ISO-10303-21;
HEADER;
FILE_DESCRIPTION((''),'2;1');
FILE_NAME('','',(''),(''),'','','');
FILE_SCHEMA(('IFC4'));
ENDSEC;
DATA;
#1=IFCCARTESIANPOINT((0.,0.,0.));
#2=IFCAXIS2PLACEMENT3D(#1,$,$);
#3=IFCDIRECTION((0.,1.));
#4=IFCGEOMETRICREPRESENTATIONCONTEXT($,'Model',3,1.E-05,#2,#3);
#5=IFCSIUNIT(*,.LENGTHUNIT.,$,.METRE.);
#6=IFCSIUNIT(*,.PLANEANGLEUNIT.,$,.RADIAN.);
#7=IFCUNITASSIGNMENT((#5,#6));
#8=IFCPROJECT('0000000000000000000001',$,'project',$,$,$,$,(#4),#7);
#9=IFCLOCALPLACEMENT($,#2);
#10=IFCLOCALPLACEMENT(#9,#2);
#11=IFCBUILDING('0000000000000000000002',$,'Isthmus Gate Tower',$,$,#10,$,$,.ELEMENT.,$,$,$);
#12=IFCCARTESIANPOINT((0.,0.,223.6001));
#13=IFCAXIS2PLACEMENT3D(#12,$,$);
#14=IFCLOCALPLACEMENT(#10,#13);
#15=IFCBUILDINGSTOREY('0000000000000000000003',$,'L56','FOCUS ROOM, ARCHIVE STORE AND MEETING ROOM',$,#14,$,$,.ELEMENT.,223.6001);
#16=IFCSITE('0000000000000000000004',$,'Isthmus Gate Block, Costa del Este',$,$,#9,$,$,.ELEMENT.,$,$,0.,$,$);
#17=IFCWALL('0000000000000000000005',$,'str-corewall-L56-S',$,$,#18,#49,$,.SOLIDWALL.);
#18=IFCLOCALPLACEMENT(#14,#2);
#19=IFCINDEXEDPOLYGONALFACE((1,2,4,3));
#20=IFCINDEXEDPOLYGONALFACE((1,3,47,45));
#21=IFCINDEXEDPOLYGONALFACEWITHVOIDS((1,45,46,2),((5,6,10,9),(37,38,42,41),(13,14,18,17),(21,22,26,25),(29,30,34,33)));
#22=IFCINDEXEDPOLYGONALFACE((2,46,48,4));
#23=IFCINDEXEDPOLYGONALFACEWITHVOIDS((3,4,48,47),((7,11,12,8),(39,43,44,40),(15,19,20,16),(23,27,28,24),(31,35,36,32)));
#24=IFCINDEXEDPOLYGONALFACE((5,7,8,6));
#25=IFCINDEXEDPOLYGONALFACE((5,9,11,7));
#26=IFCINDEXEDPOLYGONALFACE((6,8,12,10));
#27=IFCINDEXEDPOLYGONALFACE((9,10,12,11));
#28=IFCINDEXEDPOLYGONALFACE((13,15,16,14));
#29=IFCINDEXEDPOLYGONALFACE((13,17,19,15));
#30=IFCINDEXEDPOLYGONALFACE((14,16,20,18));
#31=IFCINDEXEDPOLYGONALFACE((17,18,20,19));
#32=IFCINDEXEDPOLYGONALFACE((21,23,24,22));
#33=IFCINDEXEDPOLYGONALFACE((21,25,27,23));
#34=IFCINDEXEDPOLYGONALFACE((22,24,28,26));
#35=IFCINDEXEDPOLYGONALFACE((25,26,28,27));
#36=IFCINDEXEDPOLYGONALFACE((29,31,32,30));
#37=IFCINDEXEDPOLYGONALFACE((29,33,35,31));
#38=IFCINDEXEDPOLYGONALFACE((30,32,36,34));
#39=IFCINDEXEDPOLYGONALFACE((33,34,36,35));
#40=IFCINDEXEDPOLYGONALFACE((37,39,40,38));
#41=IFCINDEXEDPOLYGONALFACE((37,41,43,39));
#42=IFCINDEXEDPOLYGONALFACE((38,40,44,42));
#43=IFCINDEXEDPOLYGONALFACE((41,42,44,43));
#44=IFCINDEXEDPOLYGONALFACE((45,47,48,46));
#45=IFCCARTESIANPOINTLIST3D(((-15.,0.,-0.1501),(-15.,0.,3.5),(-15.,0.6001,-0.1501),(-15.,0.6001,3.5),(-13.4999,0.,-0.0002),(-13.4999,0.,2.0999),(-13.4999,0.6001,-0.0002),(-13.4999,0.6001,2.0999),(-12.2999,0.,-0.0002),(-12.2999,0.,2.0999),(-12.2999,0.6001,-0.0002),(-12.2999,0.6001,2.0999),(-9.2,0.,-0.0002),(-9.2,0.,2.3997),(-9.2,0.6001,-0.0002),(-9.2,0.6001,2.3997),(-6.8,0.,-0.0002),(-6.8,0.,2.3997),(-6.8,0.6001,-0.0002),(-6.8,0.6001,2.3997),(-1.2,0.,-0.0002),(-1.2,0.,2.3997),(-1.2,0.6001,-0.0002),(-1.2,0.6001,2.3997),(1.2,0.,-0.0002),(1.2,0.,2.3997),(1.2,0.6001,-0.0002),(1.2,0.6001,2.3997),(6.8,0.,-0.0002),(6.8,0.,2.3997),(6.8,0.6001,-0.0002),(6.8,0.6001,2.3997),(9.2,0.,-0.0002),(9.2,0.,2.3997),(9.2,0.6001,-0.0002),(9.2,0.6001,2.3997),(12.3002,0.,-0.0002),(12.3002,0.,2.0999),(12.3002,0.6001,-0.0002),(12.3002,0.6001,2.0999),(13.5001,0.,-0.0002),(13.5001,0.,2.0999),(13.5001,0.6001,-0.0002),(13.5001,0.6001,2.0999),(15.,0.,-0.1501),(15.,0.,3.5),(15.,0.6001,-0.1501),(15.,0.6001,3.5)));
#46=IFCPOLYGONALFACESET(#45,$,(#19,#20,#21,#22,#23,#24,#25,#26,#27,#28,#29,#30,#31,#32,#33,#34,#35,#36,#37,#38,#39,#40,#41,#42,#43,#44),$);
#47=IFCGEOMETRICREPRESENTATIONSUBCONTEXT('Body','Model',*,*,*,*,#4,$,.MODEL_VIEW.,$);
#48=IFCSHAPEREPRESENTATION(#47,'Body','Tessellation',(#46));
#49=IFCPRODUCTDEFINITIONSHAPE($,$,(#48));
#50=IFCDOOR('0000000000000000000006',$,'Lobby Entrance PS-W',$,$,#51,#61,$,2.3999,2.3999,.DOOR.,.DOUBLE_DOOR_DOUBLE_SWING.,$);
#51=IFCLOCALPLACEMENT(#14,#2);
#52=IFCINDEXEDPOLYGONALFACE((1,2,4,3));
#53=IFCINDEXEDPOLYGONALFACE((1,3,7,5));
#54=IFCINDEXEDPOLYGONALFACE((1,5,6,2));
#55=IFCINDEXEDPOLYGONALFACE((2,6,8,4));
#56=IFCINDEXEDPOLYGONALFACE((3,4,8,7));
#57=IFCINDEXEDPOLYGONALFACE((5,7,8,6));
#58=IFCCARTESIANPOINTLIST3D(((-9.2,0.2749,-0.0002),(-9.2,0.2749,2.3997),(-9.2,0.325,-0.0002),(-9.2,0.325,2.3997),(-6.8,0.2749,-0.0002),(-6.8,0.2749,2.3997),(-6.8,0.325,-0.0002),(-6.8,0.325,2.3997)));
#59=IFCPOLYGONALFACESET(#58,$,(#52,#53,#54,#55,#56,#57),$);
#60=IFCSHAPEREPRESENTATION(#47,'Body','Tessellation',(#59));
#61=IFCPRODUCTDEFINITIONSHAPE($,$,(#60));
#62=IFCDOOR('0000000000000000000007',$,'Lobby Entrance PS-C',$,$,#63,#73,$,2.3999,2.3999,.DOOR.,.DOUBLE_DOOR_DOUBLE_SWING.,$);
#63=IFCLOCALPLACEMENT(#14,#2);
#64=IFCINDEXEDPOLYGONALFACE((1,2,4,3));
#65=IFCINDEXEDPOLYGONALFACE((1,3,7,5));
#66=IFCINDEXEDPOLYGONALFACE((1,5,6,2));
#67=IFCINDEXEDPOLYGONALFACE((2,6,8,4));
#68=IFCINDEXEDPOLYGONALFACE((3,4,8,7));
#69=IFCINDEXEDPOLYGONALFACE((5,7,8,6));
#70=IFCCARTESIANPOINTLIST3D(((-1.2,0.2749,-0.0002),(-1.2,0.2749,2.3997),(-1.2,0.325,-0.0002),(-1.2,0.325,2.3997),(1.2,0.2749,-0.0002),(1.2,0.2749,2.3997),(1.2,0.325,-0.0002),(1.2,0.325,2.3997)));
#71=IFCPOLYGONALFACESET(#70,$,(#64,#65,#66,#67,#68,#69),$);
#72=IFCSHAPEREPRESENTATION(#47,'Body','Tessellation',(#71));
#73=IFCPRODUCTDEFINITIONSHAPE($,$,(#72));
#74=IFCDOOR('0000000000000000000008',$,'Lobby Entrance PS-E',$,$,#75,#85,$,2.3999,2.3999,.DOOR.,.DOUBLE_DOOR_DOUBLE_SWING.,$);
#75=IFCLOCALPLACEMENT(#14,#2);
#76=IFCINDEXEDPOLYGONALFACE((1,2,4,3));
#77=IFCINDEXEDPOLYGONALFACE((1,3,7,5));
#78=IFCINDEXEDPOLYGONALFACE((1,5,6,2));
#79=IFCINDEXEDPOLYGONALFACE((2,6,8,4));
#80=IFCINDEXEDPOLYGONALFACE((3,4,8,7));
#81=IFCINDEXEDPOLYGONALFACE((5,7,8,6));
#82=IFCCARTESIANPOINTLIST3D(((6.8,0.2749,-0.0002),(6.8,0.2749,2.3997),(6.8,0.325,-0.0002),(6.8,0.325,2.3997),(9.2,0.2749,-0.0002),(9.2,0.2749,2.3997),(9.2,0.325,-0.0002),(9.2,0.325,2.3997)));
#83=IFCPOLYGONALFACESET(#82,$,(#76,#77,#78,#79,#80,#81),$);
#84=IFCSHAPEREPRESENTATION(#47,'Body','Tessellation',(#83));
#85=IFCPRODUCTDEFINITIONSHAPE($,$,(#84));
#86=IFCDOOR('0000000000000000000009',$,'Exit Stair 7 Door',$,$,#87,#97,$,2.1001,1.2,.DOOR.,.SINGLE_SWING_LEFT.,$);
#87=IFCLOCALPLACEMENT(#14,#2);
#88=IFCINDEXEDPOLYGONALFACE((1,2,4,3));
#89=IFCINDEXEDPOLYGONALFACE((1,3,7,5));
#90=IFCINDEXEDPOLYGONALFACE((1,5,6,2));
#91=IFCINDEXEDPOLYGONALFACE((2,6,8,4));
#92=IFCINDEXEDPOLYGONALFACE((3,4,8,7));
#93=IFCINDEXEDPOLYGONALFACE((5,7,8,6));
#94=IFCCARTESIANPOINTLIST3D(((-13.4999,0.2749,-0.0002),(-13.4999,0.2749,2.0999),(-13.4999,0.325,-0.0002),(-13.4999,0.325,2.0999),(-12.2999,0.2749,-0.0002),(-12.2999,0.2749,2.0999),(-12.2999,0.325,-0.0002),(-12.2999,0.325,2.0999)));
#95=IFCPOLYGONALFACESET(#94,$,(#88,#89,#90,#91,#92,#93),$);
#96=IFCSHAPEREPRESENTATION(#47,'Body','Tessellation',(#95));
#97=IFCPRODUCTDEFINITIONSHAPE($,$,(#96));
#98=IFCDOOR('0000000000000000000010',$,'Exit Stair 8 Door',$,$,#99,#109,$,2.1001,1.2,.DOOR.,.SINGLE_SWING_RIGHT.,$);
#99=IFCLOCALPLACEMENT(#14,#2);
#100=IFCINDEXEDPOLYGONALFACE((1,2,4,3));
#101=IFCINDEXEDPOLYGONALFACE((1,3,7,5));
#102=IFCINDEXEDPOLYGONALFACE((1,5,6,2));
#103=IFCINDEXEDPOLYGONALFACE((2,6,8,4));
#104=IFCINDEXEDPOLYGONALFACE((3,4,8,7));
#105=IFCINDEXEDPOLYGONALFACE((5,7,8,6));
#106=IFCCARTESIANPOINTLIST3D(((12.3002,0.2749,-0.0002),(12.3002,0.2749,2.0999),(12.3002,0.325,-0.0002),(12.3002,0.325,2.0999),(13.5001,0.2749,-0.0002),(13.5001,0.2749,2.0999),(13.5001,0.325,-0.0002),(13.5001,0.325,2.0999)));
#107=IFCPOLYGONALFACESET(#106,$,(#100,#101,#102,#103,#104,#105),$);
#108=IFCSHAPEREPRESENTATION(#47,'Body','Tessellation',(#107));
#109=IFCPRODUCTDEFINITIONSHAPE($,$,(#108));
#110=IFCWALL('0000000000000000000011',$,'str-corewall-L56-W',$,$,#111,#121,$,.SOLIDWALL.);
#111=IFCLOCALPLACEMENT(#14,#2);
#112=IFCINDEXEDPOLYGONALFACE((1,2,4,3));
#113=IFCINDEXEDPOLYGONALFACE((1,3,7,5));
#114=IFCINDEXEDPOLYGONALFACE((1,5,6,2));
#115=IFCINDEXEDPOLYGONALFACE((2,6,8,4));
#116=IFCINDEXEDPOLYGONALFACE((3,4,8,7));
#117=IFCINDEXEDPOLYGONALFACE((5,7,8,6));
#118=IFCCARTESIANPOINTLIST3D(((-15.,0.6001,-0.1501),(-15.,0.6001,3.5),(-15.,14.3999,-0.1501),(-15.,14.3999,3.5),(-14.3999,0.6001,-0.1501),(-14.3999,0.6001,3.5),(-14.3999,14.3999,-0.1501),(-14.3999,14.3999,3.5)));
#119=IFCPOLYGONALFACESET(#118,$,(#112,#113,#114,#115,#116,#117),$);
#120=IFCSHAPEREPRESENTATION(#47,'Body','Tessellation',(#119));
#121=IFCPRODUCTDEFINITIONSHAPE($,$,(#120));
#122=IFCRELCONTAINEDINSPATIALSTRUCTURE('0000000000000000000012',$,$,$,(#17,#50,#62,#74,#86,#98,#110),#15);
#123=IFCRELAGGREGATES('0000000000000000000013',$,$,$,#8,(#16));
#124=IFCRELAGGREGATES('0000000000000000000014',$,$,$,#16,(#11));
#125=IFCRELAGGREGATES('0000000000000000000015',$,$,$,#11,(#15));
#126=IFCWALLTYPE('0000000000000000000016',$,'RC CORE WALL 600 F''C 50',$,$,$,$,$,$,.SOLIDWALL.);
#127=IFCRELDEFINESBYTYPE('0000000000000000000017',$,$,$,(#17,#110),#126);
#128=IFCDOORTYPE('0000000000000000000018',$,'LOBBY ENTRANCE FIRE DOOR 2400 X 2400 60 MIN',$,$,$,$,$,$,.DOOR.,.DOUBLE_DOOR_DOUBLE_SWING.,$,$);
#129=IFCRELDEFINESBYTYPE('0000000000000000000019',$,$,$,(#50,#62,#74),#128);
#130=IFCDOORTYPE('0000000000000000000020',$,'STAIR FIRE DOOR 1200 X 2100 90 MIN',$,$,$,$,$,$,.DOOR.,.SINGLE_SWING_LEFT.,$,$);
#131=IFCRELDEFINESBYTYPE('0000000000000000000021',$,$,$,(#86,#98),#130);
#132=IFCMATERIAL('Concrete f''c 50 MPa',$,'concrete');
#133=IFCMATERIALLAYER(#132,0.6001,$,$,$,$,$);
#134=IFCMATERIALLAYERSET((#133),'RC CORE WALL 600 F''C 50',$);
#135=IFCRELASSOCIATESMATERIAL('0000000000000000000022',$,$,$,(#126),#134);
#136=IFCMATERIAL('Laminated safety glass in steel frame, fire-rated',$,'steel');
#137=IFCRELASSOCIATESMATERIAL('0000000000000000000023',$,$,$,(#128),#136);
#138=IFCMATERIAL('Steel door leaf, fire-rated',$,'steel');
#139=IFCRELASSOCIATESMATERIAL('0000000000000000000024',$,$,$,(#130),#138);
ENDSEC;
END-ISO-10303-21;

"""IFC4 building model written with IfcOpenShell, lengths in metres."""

from ifc_helpers import new_model, si_unit, direction, frame, frame_2d, origin, place, context, subcontext, project, spatial, rectangle, extrude, material, layer, layer_set, type_object, element, fill, save


model = new_model("IFC4")

# Units and contexts
model_context = context("Model", 3, precision=1e-05, world=origin(), true_north=direction((0.0, 1.0)))
body_context = subcontext(model_context, "Body", "Model", "MODEL_VIEW")
ifc_project = project(units=[si_unit("LENGTHUNIT", "METRE"), si_unit("PLANEANGLEUNIT", "RADIAN")], contexts=[model_context])

# Site, building, storey
site_placement = place(None, origin())
site = spatial("IfcSite", under=ifc_project, at=site_placement, Name="Isthmus Gate Block, Costa del Este", CompositionType="ELEMENT", RefElevation=0.0)
building_placement = place(site_placement, origin())
building = spatial("IfcBuilding", under=site, at=building_placement, Name="Isthmus Gate Tower", CompositionType="ELEMENT")
storey_placement = place(building_placement, frame((0.0, 0.0, 223.6001)))
storey = spatial("IfcBuildingStorey", under=building, at=storey_placement, Name="L56", Description="FOCUS ROOM, ARCHIVE STORE AND MEETING ROOM", CompositionType="ELEMENT", Elevation=223.6001)

# Wall, openings, doors
ifc_material_1 = material(Name="Concrete f'c 50 MPa", Category="concrete")
ifc_layer_1 = layer(ifc_material_1, 0.6001)
ifc_layer_set_1 = layer_set([ifc_layer_1], Name="RC CORE WALL 600 F'C 50")
wall_type_1 = type_object("IfcWallType", Name="RC CORE WALL 600 F'C 50", PredefinedType="SOLIDWALL", material=ifc_layer_set_1)
wall_1_placement = place(storey_placement, frame((-15.0, 0.3, -0.1501), z_axis=(0.0, 0.0, 1.0), x_axis=(1.0, 0.0, 0.0)))
wall_1 = element("IfcWall", 1, at=wall_1_placement, inside=storey, type_object=wall_type_1, Name="str-corewall-L56-S", PredefinedType="SOLIDWALL", context=body_context, shape_type="SweptSolid", body=[
    extrude(rectangle(XDim=30.0, YDim=0.6001, at=frame_2d((15.0, 0.0))), origin(), (0.0, 0.0, 1.0), 3.6501),
])
opening_1_placement = place(wall_1_placement, frame((5.8, 0.0, 0.1499)))
opening_1 = element("IfcOpeningElement", 2, at=opening_1_placement, cuts=wall_1, PredefinedType="OPENING", context=body_context, shape_type="SweptSolid", body=[
    extrude(rectangle(XDim=2.3999, YDim=2.3999, at=frame_2d((1.2, 1.2))), frame((0.0, 0.3101, 0.0), z_axis=(0.0, -1.0, 0.0), x_axis=(1.0, 0.0, 0.0)), (0.0, 0.0, 1.0), 0.6201),
])
opening_2_placement = place(wall_1_placement, frame((13.8, 0.0, 0.1499)))
opening_2 = element("IfcOpeningElement", 3, at=opening_2_placement, cuts=wall_1, PredefinedType="OPENING", context=body_context, shape_type="SweptSolid", body=[
    extrude(rectangle(XDim=2.3999, YDim=2.3999, at=frame_2d((1.2, 1.2))), frame((0.0, 0.3101, 0.0), z_axis=(0.0, -1.0, 0.0), x_axis=(1.0, 0.0, 0.0)), (0.0, 0.0, 1.0), 0.6201),
])
opening_3_placement = place(wall_1_placement, frame((21.8, 0.0, 0.1499)))
opening_3 = element("IfcOpeningElement", 4, at=opening_3_placement, cuts=wall_1, PredefinedType="OPENING", context=body_context, shape_type="SweptSolid", body=[
    extrude(rectangle(XDim=2.3999, YDim=2.3999, at=frame_2d((1.2, 1.2))), frame((0.0, 0.3101, 0.0), z_axis=(0.0, -1.0, 0.0), x_axis=(1.0, 0.0, 0.0)), (0.0, 0.0, 1.0), 0.6201),
])
opening_4_placement = place(wall_1_placement, frame((1.5, 0.0, 0.1499)))
opening_4 = element("IfcOpeningElement", 5, at=opening_4_placement, cuts=wall_1, PredefinedType="OPENING", context=body_context, shape_type="SweptSolid", body=[
    extrude(rectangle(XDim=1.2, YDim=2.1001, at=frame_2d((0.6001, 1.05))), frame((0.0, 0.3101, 0.0), z_axis=(0.0, -1.0, 0.0), x_axis=(1.0, 0.0, 0.0)), (0.0, 0.0, 1.0), 0.6201),
])
opening_5_placement = place(wall_1_placement, frame((27.3, 0.0, 0.1499)))
opening_5 = element("IfcOpeningElement", 6, at=opening_5_placement, cuts=wall_1, PredefinedType="OPENING", context=body_context, shape_type="SweptSolid", body=[
    extrude(rectangle(XDim=1.2, YDim=2.1001, at=frame_2d((0.6001, 1.05))), frame((0.0, 0.3101, 0.0), z_axis=(0.0, -1.0, 0.0), x_axis=(1.0, 0.0, 0.0)), (0.0, 0.0, 1.0), 0.6201),
])
ifc_material_2 = material(Name="Laminated safety glass in steel frame, fire-rated", Category="steel")
door_type_1 = type_object("IfcDoorType", Name="LOBBY ENTRANCE FIRE DOOR 2400 X 2400 60 MIN", OperationType="DOUBLE_DOOR_DOUBLE_SWING", PredefinedType="DOOR", material=ifc_material_2)
door_1_placement = place(opening_1_placement, origin())
door_1 = element("IfcDoor", 7, at=door_1_placement, inside=storey, type_object=door_type_1, Name="Lobby Entrance PS-W", OperationType="DOUBLE_DOOR_DOUBLE_SWING", OverallHeight=2.3999, OverallWidth=2.3999, PredefinedType="DOOR", context=body_context, shape_type="SweptSolid", body=[
    extrude(rectangle(XDim=2.3999, YDim=2.3999, at=frame_2d((1.2, 1.2))), frame((0.0, 0.0249, 0.0), z_axis=(0.0, -1.0, 0.0), x_axis=(1.0, 0.0, 0.0)), (0.0, 0.0, 1.0), 0.05),
])
fill(opening_1, door_1)
door_2_placement = place(opening_2_placement, origin())
door_2 = element("IfcDoor", 8, at=door_2_placement, inside=storey, type_object=door_type_1, Name="Lobby Entrance PS-C", OperationType="DOUBLE_DOOR_DOUBLE_SWING", OverallHeight=2.3999, OverallWidth=2.3999, PredefinedType="DOOR", context=body_context, shape_type="SweptSolid", body=[
    extrude(rectangle(XDim=2.3999, YDim=2.3999, at=frame_2d((1.2, 1.2))), frame((0.0, 0.0249, 0.0), z_axis=(0.0, -1.0, 0.0), x_axis=(1.0, 0.0, 0.0)), (0.0, 0.0, 1.0), 0.05),
])
fill(opening_2, door_2)
door_3_placement = place(opening_3_placement, origin())
door_3 = element("IfcDoor", 9, at=door_3_placement, inside=storey, type_object=door_type_1, Name="Lobby Entrance PS-E", OperationType="DOUBLE_DOOR_DOUBLE_SWING", OverallHeight=2.3999, OverallWidth=2.3999, PredefinedType="DOOR", context=body_context, shape_type="SweptSolid", body=[
    extrude(rectangle(XDim=2.3999, YDim=2.3999, at=frame_2d((1.2, 1.2))), frame((0.0, 0.0249, 0.0), z_axis=(0.0, -1.0, 0.0), x_axis=(1.0, 0.0, 0.0)), (0.0, 0.0, 1.0), 0.05),
])
fill(opening_3, door_3)
ifc_material_3 = material(Name="Steel door leaf, fire-rated", Category="steel")
door_type_2 = type_object("IfcDoorType", Name="STAIR FIRE DOOR 1200 X 2100 90 MIN", OperationType="SINGLE_SWING_LEFT", PredefinedType="DOOR", material=ifc_material_3)
door_4_placement = place(opening_4_placement, origin())
door_4 = element("IfcDoor", 10, at=door_4_placement, inside=storey, type_object=door_type_2, Name="Exit Stair 7 Door", OperationType="SINGLE_SWING_LEFT", OverallHeight=2.1001, OverallWidth=1.2, PredefinedType="DOOR", context=body_context, shape_type="SweptSolid", body=[
    extrude(rectangle(XDim=1.2, YDim=2.1001, at=frame_2d((0.6001, 1.05))), frame((0.0, 0.0249, 0.0), z_axis=(0.0, -1.0, 0.0), x_axis=(1.0, 0.0, 0.0)), (0.0, 0.0, 1.0), 0.05),
])
fill(opening_4, door_4)
door_5_placement = place(opening_5_placement, origin())
door_5 = element("IfcDoor", 11, at=door_5_placement, inside=storey, type_object=door_type_2, Name="Exit Stair 8 Door", OperationType="SINGLE_SWING_RIGHT", OverallHeight=2.1001, OverallWidth=1.2, PredefinedType="DOOR", context=body_context, shape_type="SweptSolid", body=[
    extrude(rectangle(XDim=1.2, YDim=2.1001, at=frame_2d((0.6001, 1.05))), frame((0.0, 0.0249, 0.0), z_axis=(0.0, -1.0, 0.0), x_axis=(1.0, 0.0, 0.0)), (0.0, 0.0, 1.0), 0.05),
])
fill(opening_5, door_5)

# Wall
wall_2_placement = place(storey_placement, frame((-14.7, 0.6001, -0.1501), z_axis=(0.0, 0.0, 1.0), x_axis=(0.0, 1.0, 0.0)))
element("IfcWall", 12, at=wall_2_placement, inside=storey, type_object=wall_type_1, Name="str-corewall-L56-W", PredefinedType="SOLIDWALL", context=body_context, shape_type="SweptSolid", body=[
    extrude(rectangle(XDim=13.7998, YDim=0.6001, at=frame_2d((6.8999, 0.0))), origin(), (0.0, 0.0, 1.0), 3.6501),
])

save(model, "model.ifc")
